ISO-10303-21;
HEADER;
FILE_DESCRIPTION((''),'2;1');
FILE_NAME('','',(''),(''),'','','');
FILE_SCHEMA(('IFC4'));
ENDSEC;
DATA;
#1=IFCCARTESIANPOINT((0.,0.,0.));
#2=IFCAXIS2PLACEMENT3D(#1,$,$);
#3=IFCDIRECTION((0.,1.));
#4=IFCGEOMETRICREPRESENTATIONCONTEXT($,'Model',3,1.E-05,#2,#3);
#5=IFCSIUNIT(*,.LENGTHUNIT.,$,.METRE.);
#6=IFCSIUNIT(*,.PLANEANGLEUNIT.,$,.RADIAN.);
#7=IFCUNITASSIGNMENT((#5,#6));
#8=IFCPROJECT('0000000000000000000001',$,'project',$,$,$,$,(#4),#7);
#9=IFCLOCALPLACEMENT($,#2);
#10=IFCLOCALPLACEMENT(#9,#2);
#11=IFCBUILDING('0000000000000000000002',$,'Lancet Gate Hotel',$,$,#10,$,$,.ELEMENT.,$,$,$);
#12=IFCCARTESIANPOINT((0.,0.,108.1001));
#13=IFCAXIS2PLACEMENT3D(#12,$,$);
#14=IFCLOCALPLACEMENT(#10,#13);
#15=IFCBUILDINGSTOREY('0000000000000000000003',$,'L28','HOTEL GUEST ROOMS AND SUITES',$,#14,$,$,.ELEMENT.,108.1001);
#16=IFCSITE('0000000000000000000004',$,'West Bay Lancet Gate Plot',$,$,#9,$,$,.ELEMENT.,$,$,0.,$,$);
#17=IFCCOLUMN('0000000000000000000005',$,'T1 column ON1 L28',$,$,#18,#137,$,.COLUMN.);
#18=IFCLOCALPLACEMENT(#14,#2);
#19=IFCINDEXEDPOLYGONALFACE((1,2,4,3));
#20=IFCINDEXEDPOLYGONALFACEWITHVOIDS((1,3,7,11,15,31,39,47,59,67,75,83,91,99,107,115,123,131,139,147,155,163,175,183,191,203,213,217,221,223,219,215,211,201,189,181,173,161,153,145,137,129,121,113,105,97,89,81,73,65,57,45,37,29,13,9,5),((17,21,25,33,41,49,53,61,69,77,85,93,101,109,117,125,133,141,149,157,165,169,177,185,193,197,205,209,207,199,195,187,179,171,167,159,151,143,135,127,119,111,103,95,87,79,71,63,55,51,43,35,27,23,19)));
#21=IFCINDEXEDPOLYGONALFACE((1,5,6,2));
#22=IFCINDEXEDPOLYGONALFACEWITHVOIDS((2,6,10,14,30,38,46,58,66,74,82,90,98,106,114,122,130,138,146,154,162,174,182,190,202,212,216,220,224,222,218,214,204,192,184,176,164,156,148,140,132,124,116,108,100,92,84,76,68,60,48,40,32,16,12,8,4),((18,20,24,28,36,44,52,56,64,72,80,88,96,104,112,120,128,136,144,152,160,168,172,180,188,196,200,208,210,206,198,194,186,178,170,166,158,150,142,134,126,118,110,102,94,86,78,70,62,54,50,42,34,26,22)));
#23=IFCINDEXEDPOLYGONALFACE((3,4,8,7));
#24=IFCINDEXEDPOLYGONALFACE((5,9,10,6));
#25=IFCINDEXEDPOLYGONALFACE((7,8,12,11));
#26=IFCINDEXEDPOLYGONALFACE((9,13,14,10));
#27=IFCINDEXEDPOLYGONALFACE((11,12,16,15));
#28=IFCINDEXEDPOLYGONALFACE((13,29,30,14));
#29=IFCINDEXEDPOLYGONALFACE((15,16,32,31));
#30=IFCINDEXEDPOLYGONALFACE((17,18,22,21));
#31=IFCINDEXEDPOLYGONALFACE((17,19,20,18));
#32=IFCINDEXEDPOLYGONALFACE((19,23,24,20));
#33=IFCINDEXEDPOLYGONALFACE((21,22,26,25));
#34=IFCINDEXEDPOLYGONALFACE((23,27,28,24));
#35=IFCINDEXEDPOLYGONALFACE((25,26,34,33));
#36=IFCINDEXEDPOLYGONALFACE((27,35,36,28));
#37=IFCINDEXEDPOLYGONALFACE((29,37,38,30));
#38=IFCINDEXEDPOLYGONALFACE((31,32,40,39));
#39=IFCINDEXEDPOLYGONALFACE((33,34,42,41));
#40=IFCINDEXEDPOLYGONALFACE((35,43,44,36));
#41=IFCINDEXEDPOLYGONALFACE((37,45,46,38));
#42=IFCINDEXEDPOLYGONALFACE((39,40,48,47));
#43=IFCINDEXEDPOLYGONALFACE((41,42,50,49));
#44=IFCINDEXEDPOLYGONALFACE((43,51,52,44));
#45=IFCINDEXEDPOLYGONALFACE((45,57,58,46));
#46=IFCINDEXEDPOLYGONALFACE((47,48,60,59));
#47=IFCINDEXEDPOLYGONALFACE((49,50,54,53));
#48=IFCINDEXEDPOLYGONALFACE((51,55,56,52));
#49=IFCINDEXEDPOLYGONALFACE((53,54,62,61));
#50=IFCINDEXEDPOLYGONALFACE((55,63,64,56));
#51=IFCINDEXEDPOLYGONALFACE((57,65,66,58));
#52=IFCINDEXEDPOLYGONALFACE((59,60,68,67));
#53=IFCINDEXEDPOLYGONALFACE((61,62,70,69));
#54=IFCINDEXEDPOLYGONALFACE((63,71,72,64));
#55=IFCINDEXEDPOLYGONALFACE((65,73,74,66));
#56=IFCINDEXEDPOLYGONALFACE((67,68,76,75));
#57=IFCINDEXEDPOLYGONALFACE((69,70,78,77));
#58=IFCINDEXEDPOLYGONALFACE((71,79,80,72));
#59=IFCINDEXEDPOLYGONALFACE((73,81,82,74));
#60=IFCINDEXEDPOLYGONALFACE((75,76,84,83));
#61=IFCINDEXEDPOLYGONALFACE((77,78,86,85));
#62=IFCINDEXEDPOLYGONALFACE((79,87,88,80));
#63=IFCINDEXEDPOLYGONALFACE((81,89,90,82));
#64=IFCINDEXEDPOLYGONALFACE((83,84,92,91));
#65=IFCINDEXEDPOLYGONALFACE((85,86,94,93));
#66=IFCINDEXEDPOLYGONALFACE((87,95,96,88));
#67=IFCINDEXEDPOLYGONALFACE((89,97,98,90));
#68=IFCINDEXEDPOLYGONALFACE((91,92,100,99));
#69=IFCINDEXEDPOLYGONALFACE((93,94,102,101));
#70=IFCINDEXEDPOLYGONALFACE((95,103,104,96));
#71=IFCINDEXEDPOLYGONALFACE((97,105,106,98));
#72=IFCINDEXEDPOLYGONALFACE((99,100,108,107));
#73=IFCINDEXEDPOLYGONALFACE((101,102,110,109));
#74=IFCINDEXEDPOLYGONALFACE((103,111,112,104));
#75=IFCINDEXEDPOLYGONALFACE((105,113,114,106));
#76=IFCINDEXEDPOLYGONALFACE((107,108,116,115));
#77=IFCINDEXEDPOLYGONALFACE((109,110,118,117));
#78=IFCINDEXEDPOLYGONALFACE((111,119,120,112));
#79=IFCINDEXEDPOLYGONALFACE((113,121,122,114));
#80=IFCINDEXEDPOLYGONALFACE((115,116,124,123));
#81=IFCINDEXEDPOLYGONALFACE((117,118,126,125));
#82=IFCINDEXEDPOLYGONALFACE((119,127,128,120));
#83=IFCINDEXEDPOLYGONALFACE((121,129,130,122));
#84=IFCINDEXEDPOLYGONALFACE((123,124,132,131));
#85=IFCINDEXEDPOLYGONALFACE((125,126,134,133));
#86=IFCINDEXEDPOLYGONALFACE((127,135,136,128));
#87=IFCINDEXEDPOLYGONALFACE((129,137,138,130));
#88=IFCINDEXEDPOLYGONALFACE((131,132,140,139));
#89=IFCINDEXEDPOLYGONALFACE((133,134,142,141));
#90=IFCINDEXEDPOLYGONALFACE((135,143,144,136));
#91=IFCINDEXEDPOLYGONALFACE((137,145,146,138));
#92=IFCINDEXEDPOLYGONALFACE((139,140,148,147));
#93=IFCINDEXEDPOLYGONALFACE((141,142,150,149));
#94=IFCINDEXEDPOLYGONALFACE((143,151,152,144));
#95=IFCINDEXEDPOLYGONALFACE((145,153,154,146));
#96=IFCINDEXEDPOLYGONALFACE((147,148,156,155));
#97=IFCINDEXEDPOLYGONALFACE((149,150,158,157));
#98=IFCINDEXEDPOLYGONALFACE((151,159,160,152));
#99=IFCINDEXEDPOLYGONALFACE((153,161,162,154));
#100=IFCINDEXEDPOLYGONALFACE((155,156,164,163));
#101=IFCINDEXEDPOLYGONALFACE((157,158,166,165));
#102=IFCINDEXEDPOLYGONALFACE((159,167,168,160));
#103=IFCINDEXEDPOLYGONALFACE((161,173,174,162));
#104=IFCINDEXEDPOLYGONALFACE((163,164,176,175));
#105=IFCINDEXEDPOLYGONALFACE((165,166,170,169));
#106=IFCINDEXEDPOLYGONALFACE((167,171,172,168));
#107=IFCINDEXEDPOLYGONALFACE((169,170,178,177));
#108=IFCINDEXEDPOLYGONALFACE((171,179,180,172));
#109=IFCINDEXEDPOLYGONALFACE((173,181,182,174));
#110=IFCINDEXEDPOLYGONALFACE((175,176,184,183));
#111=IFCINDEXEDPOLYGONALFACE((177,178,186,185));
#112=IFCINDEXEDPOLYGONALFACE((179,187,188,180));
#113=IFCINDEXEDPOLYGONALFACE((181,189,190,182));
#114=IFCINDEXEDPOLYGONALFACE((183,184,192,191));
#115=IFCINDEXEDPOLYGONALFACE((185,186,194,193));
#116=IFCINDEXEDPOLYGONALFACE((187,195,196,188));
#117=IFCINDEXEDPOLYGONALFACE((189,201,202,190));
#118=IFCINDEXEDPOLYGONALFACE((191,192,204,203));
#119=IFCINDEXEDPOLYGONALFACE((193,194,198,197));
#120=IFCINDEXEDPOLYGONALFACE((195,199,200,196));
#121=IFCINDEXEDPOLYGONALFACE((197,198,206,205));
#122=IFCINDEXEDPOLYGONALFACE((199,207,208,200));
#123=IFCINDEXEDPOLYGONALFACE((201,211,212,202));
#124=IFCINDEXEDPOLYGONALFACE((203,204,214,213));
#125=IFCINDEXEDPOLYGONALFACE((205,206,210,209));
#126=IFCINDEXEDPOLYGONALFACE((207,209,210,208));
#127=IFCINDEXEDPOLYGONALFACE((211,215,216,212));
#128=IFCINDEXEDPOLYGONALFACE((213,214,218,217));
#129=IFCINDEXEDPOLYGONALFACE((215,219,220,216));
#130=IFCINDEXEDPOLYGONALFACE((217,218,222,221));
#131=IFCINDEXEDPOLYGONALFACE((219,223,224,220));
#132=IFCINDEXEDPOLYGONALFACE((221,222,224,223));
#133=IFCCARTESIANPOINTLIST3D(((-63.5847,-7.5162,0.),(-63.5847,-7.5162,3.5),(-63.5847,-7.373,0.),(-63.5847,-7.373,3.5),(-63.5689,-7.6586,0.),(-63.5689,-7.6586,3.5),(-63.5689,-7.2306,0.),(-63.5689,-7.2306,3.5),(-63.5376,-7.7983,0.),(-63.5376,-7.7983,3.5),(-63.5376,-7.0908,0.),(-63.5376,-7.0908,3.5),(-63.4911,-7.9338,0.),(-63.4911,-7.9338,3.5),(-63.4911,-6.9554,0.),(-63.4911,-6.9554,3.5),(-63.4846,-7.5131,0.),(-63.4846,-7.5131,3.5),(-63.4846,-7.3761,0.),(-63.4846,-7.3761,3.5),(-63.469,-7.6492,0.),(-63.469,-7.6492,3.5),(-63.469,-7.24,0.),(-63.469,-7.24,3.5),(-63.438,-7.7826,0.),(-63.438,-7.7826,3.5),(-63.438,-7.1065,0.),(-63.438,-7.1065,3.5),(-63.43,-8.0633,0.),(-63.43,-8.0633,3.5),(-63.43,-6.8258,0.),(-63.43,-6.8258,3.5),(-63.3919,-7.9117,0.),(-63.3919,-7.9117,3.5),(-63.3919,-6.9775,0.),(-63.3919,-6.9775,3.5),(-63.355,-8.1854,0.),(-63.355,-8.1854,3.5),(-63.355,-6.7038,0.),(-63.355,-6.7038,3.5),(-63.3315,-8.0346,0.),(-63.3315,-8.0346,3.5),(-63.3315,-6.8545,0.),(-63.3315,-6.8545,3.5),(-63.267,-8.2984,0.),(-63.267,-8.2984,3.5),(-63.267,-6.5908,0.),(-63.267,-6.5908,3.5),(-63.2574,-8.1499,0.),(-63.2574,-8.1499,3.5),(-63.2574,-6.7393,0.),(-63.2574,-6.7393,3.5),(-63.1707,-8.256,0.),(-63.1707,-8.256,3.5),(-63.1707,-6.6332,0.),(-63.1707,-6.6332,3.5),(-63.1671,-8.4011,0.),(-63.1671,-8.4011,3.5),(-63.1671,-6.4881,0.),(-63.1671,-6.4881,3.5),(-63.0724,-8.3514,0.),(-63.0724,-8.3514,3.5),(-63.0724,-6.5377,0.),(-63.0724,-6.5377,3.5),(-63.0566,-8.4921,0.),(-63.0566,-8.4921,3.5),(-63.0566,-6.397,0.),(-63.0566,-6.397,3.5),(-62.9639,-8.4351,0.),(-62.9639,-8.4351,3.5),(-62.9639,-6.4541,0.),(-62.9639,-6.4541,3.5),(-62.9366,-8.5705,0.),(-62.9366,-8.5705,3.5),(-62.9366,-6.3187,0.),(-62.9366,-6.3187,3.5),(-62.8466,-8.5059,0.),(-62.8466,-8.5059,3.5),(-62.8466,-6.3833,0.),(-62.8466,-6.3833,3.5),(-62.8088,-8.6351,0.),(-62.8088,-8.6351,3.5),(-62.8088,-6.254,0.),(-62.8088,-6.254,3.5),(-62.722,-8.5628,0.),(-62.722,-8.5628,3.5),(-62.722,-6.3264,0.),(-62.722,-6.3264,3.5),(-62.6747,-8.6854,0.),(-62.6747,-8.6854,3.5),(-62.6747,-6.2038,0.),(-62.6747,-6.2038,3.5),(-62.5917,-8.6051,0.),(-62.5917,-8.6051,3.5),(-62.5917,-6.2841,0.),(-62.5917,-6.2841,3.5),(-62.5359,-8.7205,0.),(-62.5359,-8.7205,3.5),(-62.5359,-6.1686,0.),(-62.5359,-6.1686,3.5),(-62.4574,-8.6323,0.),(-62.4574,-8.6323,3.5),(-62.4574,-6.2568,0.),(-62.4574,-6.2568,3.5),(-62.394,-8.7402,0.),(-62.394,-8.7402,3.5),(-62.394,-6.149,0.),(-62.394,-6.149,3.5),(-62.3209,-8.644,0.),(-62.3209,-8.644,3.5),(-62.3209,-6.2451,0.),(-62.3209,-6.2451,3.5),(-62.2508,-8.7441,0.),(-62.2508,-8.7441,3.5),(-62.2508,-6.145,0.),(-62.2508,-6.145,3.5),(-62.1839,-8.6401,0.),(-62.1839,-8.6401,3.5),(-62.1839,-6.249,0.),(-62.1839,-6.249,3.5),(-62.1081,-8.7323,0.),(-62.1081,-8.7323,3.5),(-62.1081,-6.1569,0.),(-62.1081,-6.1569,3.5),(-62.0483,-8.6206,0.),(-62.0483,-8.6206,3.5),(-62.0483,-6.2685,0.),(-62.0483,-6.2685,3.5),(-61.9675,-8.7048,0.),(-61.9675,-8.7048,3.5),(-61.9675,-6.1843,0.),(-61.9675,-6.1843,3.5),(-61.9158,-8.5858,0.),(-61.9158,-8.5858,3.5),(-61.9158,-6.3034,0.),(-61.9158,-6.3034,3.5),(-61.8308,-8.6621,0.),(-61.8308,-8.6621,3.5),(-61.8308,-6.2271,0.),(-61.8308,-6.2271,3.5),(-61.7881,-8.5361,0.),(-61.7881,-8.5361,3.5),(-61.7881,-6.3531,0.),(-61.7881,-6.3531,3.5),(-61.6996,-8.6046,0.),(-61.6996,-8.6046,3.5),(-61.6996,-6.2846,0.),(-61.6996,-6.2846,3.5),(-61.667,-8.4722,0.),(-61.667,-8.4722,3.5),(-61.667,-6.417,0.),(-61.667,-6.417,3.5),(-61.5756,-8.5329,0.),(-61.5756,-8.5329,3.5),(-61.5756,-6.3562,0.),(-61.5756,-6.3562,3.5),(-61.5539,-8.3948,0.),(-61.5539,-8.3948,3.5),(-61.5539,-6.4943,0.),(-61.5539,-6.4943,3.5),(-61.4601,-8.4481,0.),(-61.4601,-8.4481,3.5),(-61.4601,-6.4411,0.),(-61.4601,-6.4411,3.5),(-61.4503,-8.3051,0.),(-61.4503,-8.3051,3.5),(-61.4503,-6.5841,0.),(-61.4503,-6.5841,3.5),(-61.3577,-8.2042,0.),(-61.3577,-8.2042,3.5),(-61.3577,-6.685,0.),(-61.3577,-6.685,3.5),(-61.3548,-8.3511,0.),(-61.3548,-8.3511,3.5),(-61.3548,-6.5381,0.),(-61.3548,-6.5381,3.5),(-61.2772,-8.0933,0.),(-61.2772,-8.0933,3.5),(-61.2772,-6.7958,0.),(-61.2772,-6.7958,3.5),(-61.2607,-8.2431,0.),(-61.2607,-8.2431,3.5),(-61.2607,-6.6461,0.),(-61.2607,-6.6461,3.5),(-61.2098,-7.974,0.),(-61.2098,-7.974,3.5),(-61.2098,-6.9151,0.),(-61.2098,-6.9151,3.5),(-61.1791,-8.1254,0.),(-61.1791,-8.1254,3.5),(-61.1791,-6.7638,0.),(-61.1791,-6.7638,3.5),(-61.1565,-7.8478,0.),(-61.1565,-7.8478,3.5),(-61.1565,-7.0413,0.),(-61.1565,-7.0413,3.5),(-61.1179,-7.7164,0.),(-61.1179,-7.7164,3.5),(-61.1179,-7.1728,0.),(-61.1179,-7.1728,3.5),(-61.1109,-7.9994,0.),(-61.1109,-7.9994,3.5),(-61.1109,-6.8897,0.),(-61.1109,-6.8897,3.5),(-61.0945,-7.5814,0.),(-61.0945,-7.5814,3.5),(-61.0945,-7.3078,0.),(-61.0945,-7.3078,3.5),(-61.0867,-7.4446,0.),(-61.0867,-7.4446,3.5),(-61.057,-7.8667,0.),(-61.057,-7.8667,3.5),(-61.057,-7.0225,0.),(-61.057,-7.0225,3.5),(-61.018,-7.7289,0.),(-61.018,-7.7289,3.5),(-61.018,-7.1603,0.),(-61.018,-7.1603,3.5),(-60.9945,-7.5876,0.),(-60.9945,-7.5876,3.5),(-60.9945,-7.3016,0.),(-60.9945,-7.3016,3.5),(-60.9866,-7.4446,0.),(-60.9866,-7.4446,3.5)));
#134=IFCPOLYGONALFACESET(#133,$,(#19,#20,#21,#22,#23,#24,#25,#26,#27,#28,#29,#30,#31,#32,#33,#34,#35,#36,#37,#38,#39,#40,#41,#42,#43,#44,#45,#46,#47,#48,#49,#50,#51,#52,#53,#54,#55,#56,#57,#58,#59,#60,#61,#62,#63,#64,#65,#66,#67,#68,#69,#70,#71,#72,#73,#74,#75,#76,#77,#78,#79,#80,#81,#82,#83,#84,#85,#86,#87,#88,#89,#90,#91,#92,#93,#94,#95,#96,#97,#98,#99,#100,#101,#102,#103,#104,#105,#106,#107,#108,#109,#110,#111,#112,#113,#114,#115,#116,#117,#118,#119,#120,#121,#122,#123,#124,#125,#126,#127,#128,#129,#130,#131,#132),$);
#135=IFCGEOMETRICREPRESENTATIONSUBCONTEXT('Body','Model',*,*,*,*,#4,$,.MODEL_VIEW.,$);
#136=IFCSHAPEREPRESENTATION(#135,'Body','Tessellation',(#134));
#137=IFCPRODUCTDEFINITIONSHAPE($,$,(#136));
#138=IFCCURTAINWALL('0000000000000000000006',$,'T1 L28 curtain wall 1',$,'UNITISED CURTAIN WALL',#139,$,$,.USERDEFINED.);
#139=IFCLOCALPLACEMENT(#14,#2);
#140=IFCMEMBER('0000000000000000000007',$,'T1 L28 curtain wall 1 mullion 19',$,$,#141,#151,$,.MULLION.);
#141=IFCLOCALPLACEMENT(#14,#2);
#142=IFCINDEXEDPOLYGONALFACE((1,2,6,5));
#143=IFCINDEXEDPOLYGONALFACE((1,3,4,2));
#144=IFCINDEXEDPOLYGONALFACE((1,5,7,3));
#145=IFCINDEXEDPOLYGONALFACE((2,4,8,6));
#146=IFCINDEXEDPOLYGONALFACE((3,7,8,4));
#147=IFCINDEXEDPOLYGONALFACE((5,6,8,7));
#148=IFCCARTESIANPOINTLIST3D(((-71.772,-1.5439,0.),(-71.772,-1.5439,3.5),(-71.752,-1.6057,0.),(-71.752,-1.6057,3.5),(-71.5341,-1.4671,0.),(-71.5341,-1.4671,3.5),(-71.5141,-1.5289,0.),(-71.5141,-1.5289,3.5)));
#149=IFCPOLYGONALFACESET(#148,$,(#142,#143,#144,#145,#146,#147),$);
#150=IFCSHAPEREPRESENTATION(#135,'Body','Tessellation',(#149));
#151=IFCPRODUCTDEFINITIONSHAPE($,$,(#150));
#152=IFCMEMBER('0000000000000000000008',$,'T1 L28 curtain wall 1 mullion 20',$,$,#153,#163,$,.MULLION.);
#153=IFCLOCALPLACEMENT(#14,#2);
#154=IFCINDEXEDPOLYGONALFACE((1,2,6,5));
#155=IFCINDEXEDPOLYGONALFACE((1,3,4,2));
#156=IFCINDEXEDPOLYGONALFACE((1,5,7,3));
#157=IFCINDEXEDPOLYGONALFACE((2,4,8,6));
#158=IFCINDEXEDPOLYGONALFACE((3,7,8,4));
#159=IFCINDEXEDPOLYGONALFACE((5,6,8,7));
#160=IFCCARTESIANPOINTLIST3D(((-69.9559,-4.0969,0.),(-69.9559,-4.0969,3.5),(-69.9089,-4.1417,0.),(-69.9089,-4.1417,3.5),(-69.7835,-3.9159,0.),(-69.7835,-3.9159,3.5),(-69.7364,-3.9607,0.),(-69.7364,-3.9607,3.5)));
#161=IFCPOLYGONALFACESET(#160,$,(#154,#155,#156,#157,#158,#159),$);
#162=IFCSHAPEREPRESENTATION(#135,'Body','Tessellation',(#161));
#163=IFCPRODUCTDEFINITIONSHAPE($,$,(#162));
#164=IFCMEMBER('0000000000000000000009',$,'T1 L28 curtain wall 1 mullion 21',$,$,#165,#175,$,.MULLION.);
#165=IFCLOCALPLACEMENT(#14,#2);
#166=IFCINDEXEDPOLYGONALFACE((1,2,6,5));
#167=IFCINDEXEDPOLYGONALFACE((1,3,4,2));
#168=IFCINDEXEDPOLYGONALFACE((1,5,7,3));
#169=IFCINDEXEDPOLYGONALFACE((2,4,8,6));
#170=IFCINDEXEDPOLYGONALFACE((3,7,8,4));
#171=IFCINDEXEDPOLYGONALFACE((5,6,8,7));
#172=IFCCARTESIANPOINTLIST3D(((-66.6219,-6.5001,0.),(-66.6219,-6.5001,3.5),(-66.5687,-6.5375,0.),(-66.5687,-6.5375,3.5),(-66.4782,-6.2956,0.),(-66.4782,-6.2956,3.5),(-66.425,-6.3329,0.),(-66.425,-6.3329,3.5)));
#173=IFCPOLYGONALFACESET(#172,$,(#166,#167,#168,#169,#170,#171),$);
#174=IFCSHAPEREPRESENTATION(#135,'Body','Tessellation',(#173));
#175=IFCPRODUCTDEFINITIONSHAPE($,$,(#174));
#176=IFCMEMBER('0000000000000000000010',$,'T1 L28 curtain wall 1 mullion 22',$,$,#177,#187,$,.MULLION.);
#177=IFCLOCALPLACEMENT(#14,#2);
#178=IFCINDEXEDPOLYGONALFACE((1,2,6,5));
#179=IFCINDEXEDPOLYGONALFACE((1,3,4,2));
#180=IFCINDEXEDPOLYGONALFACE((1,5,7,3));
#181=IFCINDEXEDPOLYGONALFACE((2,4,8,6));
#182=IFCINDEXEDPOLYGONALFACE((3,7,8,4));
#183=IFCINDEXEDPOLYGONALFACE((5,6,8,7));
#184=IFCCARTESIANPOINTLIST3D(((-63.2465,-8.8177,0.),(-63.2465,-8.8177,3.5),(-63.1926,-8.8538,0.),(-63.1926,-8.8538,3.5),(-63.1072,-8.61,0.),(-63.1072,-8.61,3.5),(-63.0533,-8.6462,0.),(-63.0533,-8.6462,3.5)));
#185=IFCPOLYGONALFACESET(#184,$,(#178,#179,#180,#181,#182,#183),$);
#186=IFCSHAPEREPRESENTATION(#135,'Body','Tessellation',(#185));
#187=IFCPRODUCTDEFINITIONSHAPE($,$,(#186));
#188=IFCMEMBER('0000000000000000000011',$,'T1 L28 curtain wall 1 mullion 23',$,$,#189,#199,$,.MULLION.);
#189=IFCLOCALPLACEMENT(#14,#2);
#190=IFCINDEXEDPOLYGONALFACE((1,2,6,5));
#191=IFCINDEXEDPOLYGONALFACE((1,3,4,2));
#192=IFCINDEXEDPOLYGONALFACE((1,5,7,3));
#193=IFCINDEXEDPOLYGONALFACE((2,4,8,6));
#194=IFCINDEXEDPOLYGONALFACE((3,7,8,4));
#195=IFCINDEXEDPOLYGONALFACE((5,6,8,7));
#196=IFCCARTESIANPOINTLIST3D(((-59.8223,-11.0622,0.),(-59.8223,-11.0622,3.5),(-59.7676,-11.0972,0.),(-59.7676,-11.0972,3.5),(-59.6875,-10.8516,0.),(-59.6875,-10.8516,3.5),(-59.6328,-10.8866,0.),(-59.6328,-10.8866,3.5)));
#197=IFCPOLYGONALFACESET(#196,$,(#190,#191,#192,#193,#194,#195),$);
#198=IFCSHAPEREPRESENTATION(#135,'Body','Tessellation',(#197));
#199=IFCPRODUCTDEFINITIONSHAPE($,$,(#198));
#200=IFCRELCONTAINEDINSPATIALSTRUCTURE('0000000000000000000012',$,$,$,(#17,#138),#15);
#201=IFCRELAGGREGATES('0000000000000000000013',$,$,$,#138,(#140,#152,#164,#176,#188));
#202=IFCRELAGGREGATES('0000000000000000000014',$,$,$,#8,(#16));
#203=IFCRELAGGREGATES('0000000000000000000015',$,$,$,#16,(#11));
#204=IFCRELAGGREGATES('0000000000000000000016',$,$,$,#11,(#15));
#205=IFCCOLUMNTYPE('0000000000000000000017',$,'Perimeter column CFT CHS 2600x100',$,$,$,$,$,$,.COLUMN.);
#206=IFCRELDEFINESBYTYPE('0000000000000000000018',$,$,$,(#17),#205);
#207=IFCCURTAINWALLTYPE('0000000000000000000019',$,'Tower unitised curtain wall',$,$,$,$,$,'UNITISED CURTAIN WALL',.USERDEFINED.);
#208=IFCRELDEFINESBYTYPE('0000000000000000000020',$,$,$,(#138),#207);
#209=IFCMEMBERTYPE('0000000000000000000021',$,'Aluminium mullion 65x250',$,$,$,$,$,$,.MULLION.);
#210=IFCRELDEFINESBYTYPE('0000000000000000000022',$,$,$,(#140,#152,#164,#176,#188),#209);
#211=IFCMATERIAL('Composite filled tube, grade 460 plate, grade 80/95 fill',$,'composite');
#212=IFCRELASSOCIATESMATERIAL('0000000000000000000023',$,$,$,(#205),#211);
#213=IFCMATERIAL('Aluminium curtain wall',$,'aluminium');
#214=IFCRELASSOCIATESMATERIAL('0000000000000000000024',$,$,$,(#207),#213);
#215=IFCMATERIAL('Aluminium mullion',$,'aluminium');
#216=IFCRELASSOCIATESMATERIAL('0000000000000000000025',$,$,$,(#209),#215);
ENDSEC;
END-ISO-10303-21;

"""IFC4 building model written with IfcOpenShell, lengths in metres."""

from ifc_helpers import new_model, si_unit, direction, frame, origin, origin_2d, place, context, subcontext, project, spatial, rectangle, hollow_circle, extrude, material, material_profile, profile_set, type_object, element, aggregate, save


model = new_model("IFC4")

# Units and contexts
model_context = context("Model", 3, precision=1e-05, world=origin(), true_north=direction((0.0, 1.0)))
body_context = subcontext(model_context, "Body", "Model", "MODEL_VIEW")
ifc_project = project(units=[si_unit("LENGTHUNIT", "METRE"), si_unit("PLANEANGLEUNIT", "RADIAN")], contexts=[model_context])

# Site, building, storey
site_placement = place(None, origin())
site = spatial("IfcSite", under=ifc_project, at=site_placement, Name="West Bay Lancet Gate Plot", CompositionType="ELEMENT", RefElevation=0.0)
building_placement = place(site_placement, origin())
building = spatial("IfcBuilding", under=site, at=building_placement, Name="Lancet Gate Hotel", CompositionType="ELEMENT")
storey_placement = place(building_placement, frame((0.0, 0.0, 108.1001)))
storey = spatial("IfcBuildingStorey", under=building, at=storey_placement, Name="L28", Description="HOTEL GUEST ROOMS AND SUITES", CompositionType="ELEMENT", Elevation=108.1001)

# Column
ifc_material_1 = material(Name="Composite filled tube, grade 460 plate, grade 80/95 fill", Category="composite")
ifc_material_profile_1 = material_profile(ifc_material_1, hollow_circle(Radius=1.3, WallThickness=0.1001, at=origin_2d()), Name="CHS 2600x100")
ifc_profile_set_1 = profile_set([ifc_material_profile_1], Name="Composite filled tube, grade 460 plate, grade 80/95 fill")
column_type_1 = type_object("IfcColumnType", Name="Perimeter column CFT CHS 2600x100", PredefinedType="COLUMN", material=ifc_profile_set_1)
column_1_placement = place(storey_placement, frame((-62.2866, -7.4446, 0.0), z_axis=(0.0, 0.0, 1.0), x_axis=(1.0, 0.0, 0.0)))
element("IfcColumn", 1, at=column_1_placement, inside=storey, type_object=column_type_1, Name="T1 column ON1 L28", PredefinedType="COLUMN", context=body_context, shape_type="SweptSolid", body=[
    extrude(hollow_circle(Radius=1.3, WallThickness=0.1001, at=origin_2d()), origin(), (0.0, 0.0, 1.0), 3.5),
])

# Curtain wall, members
ifc_material_2 = material(Name="Aluminium curtain wall", Category="aluminium")
curtain_wall_type = type_object("IfcCurtainWallType", Name="Tower unitised curtain wall", ElementType="UNITISED CURTAIN WALL", PredefinedType="USERDEFINED", material=ifc_material_2)
curtain_wall_placement = place(storey_placement, origin())
curtain_wall = element("IfcCurtainWall", 2, at=curtain_wall_placement, inside=storey, type_object=curtain_wall_type, Name="T1 L28 curtain wall 1", ObjectType="UNITISED CURTAIN WALL", PredefinedType="USERDEFINED")
ifc_material_3 = material(Name="Aluminium mullion", Category="aluminium")
ifc_material_profile_2 = material_profile(ifc_material_3, rectangle(XDim=0.0649, YDim=0.25, at=origin_2d()), Name="MULLION 65x250")
ifc_profile_set_2 = profile_set([ifc_material_profile_2], Name="Aluminium mullion")
member_type_1 = type_object("IfcMemberType", Name="Aluminium mullion 65x250", PredefinedType="MULLION", material=ifc_profile_set_2)
member_1_placement = place(storey_placement, frame((-71.6431, -1.5364, 0.0), z_axis=(0.0, 0.0, 1.0), x_axis=(0.307269, -0.951623, 0.0)))
member_1 = element("IfcMember", 3, at=member_1_placement, type_object=member_type_1, Name="T1 L28 curtain wall 1 mullion 19", PredefinedType="MULLION", context=body_context, shape_type="SweptSolid", body=[
    extrude(rectangle(XDim=0.0649, YDim=0.25, at=origin_2d()), origin(), (0.0, 0.0, 1.0), 3.5),
])
member_2_placement = place(storey_placement, frame((-69.8462, -4.0288, 0.0), z_axis=(0.0, 0.0, 1.0), x_axis=(0.723846, -0.689961, 0.0)))
member_2 = element("IfcMember", 4, at=member_2_placement, type_object=member_type_1, Name="T1 L28 curtain wall 1 mullion 20", PredefinedType="MULLION", context=body_context, shape_type="SweptSolid", body=[
    extrude(rectangle(XDim=0.0649, YDim=0.25, at=origin_2d()), origin(), (0.0, 0.0, 1.0), 3.5),
])
member_3_placement = place(storey_placement, frame((-66.5234, -6.4165, 0.0), z_axis=(0.0, 0.0, 1.0), x_axis=(0.818327, -0.574753, 0.0)))
member_3 = element("IfcMember", 5, at=member_3_placement, type_object=member_type_1, Name="T1 L28 curtain wall 1 mullion 21", PredefinedType="MULLION", context=body_context, shape_type="SweptSolid", body=[
    extrude(rectangle(XDim=0.0649, YDim=0.25, at=origin_2d()), origin(), (0.0, 0.0, 1.0), 3.5),
])
member_4_placement = place(storey_placement, frame((-63.1499, -8.7319, 0.0), z_axis=(0.0, 0.0, 1.0), x_axis=(0.83051, -0.557004, 0.0)))
member_4 = element("IfcMember", 6, at=member_4_placement, type_object=member_type_1, Name="T1 L28 curtain wall 1 mullion 22", PredefinedType="MULLION", context=body_context, shape_type="SweptSolid", body=[
    extrude(rectangle(XDim=0.0649, YDim=0.25, at=origin_2d()), origin(), (0.0, 0.0, 1.0), 3.5),
])
member_5_placement = place(storey_placement, frame((-59.7275, -10.9744, 0.0), z_axis=(0.0, 0.0, 1.0), x_axis=(0.842308, -0.538996, 0.0)))
member_5 = element("IfcMember", 7, at=member_5_placement, type_object=member_type_1, Name="T1 L28 curtain wall 1 mullion 23", PredefinedType="MULLION", context=body_context, shape_type="SweptSolid", body=[
    extrude(rectangle(XDim=0.0649, YDim=0.25, at=origin_2d()), origin(), (0.0, 0.0, 1.0), 3.5),
])

aggregate(curtain_wall, [member_1, member_2, member_3, member_4, member_5])

save(model, "model.ifc")
